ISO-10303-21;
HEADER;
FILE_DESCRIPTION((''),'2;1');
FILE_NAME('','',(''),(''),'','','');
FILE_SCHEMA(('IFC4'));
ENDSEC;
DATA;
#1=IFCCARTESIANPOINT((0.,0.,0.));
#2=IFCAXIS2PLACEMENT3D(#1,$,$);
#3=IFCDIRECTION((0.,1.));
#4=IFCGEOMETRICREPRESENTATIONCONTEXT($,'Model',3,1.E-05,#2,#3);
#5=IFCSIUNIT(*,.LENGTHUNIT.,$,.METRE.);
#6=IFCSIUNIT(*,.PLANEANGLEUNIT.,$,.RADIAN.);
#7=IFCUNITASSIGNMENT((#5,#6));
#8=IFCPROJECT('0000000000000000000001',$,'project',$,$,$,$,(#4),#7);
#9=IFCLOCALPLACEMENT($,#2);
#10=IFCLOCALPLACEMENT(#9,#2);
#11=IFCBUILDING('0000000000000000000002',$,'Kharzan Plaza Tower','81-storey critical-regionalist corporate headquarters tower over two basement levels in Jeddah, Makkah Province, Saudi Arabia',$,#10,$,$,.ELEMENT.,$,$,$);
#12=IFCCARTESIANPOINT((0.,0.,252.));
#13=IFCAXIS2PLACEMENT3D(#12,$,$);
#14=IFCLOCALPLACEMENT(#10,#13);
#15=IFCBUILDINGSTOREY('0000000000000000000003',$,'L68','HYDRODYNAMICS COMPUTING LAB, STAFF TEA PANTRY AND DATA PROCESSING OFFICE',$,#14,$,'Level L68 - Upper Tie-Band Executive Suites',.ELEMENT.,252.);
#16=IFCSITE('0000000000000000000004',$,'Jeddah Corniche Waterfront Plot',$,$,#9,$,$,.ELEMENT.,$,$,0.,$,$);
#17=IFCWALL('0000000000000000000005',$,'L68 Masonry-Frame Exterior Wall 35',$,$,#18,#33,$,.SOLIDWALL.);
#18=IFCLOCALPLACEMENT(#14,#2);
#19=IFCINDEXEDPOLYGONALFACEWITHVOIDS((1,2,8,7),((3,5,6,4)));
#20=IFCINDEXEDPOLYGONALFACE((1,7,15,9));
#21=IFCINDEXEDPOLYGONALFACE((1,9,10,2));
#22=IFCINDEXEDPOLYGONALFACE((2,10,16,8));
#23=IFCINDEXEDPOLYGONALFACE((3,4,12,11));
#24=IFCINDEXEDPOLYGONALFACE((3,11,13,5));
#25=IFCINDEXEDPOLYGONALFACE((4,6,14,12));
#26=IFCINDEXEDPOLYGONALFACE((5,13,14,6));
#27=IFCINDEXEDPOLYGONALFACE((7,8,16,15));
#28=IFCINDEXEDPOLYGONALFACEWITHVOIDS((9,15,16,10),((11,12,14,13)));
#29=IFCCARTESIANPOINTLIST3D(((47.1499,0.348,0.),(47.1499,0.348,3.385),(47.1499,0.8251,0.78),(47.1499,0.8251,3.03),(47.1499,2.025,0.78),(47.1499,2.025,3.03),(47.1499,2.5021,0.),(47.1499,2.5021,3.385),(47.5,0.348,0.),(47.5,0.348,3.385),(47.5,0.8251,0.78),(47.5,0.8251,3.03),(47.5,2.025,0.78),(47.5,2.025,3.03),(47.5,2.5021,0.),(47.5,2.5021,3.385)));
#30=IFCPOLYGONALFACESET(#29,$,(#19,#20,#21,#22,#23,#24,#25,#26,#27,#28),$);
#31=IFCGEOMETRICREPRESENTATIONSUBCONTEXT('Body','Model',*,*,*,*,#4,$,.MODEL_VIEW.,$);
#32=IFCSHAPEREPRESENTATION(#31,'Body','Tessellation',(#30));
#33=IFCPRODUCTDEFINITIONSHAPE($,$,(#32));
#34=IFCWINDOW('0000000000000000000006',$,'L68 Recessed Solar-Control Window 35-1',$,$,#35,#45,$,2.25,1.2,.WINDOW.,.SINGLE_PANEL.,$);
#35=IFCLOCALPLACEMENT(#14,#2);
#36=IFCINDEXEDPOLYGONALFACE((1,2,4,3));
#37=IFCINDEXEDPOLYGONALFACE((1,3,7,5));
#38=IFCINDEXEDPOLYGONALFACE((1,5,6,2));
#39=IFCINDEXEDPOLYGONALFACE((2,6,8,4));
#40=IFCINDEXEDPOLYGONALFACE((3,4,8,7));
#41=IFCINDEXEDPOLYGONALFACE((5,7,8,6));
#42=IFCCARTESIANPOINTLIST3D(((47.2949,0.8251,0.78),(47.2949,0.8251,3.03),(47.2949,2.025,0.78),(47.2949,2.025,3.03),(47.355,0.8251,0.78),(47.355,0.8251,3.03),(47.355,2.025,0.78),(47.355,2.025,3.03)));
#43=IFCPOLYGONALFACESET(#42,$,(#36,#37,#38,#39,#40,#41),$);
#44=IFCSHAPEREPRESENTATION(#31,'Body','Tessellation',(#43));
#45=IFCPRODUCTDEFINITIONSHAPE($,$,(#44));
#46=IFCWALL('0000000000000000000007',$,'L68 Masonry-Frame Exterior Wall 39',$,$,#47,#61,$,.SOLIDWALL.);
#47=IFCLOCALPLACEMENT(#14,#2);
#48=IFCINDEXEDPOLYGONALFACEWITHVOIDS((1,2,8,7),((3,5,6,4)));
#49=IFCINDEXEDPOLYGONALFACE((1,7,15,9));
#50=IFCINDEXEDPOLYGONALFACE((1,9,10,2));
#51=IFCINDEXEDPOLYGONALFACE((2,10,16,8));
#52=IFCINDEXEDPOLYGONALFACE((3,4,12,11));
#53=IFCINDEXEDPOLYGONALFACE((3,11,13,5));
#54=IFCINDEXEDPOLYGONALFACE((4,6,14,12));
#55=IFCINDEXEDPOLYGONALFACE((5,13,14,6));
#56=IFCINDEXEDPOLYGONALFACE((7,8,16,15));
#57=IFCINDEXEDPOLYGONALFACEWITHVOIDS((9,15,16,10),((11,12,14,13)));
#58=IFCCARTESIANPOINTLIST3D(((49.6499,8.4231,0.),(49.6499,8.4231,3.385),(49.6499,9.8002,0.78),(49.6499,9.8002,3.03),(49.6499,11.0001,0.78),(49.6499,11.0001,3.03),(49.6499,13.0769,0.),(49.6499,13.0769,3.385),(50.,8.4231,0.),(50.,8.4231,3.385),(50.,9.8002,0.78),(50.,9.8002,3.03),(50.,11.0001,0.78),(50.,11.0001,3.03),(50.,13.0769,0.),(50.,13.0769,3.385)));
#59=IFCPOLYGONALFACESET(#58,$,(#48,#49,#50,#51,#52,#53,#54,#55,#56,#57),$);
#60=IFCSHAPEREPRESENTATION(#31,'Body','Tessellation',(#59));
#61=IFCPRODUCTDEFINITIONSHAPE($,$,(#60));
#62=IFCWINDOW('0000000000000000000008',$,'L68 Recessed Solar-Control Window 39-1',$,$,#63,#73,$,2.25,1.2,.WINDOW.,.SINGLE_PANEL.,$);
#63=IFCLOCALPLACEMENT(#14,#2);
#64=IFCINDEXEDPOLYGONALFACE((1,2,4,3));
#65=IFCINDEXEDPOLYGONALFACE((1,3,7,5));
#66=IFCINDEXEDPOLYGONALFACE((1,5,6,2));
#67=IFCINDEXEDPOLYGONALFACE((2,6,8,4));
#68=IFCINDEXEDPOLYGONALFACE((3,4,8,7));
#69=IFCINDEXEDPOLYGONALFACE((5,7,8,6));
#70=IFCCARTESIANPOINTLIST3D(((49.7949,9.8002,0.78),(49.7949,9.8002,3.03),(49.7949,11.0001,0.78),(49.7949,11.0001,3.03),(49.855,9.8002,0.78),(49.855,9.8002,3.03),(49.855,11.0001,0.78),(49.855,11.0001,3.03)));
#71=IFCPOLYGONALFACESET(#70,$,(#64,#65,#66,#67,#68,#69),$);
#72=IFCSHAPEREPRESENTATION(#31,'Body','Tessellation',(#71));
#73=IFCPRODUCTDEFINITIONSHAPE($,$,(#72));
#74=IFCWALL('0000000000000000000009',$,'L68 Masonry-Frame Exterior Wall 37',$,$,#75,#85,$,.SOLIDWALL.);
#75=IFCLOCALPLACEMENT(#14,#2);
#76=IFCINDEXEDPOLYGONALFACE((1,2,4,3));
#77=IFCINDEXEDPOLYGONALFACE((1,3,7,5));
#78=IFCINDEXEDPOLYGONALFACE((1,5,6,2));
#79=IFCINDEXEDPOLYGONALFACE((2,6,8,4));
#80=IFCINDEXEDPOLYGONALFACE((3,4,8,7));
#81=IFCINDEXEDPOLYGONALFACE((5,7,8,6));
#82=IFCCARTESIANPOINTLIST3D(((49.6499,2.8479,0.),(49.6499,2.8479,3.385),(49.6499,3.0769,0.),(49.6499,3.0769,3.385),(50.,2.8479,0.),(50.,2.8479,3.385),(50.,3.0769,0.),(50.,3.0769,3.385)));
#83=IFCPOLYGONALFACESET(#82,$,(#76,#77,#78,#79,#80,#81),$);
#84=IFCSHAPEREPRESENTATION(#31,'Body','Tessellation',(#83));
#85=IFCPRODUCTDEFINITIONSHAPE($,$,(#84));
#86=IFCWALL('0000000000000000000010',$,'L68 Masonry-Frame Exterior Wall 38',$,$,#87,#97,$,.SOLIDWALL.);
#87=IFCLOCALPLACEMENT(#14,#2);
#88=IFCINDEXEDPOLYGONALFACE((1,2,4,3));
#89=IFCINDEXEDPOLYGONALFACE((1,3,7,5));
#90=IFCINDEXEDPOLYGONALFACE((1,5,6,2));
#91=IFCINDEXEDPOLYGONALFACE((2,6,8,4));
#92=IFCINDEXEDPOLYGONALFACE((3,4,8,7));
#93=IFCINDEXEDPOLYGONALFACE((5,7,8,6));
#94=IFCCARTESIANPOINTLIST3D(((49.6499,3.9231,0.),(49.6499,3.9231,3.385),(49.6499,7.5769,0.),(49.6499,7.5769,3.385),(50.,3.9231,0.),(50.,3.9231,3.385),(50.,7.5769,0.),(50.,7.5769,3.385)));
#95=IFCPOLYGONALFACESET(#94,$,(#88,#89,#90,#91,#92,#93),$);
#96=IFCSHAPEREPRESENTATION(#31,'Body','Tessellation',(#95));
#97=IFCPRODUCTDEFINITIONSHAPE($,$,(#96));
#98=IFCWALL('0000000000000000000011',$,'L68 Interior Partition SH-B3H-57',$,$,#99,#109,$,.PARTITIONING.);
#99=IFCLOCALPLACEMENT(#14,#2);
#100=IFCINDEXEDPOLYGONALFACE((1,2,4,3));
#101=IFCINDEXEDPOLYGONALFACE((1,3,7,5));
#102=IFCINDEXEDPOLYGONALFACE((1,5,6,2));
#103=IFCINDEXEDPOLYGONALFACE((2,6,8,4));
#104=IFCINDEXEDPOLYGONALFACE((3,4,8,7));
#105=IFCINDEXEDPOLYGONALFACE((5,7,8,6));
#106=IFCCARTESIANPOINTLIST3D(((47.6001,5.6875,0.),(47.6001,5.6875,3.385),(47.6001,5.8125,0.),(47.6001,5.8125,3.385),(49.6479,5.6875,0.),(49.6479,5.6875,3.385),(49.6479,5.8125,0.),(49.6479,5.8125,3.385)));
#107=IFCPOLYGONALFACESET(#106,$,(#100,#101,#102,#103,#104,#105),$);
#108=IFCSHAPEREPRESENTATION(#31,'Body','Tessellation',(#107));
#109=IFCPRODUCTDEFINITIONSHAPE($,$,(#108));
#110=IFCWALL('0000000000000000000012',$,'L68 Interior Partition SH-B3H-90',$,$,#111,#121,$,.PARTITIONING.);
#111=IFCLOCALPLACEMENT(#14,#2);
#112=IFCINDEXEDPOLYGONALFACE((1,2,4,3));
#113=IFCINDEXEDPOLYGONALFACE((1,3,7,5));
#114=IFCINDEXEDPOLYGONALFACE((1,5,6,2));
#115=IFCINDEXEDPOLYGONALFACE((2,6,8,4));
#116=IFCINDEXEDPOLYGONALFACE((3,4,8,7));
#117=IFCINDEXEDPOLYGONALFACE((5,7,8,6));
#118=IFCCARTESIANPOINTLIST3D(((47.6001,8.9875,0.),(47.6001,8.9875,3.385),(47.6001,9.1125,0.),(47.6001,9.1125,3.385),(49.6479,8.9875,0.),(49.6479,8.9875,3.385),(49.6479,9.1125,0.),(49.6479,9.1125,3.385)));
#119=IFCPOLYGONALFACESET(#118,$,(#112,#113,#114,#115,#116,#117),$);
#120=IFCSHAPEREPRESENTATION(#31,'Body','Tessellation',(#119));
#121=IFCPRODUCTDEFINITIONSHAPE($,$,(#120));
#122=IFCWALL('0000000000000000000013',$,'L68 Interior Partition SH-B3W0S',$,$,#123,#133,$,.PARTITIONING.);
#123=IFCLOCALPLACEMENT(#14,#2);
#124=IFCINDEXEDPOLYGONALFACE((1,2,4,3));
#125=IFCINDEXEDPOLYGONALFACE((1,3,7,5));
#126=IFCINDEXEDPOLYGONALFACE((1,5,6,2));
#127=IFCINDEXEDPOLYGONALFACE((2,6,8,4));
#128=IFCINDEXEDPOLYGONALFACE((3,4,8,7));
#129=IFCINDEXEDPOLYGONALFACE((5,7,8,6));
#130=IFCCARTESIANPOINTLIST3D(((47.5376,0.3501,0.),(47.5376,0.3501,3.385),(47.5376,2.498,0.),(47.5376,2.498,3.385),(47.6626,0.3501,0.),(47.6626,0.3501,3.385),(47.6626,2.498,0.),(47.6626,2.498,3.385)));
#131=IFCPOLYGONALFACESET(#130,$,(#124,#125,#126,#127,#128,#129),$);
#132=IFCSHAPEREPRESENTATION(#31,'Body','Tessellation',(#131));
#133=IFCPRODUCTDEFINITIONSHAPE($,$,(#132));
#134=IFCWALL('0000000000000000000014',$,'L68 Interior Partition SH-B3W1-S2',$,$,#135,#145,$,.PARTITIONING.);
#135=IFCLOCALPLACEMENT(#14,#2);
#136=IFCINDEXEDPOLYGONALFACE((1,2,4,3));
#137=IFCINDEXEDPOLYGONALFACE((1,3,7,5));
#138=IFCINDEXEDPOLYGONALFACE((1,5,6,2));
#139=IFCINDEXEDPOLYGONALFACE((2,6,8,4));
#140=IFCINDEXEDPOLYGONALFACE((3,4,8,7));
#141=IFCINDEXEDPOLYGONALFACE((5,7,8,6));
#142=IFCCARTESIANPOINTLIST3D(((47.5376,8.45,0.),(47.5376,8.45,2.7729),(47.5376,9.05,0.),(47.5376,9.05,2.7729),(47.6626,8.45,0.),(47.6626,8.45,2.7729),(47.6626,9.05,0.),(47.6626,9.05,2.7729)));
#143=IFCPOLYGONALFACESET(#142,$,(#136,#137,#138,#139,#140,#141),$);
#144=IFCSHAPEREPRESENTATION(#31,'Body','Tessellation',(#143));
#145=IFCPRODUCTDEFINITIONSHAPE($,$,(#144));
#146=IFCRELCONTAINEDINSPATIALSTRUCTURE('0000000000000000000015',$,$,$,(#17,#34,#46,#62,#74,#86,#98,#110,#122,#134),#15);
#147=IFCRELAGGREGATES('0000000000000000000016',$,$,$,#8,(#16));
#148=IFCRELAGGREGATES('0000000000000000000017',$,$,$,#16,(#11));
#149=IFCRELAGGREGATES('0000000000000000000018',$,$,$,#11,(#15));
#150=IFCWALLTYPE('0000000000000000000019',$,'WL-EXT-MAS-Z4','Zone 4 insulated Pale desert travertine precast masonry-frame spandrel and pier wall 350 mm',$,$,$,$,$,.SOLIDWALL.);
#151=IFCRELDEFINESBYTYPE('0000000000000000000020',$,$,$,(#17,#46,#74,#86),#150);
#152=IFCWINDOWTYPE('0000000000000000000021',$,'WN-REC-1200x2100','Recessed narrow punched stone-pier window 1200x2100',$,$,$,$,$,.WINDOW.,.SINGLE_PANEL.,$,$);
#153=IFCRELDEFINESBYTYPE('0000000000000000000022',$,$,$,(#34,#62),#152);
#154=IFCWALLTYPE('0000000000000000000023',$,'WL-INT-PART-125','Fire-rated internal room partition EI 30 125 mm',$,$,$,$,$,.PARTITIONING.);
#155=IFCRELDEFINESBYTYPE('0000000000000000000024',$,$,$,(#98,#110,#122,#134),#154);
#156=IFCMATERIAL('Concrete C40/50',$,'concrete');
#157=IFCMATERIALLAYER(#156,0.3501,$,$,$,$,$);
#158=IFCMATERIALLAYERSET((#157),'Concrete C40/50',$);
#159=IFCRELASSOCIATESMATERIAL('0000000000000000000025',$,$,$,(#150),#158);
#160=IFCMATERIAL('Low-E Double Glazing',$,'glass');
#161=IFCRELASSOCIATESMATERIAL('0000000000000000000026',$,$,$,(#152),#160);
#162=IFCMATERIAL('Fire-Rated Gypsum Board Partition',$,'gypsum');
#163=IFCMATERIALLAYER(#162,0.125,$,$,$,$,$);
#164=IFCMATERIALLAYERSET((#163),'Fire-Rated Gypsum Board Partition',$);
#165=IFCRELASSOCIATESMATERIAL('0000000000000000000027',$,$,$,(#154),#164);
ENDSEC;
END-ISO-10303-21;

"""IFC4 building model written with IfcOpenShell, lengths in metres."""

from ifc_helpers import new_model, si_unit, direction, frame, frame_2d, origin, place, context, subcontext, project, spatial, rectangle, extrude, source, transform, mapped, material, layer, layer_set, type_object, element, fill, save


model = new_model("IFC4")

# Units and contexts
model_context = context("Model", 3, precision=1e-05, world=origin(), true_north=direction((0.0, 1.0)))
body_context = subcontext(model_context, "Body", "Model", "MODEL_VIEW")
ifc_project = project(units=[si_unit("LENGTHUNIT", "METRE"), si_unit("PLANEANGLEUNIT", "RADIAN")], contexts=[model_context])

# Site, building, storey
site_placement = place(None, origin())
site = spatial("IfcSite", under=ifc_project, at=site_placement, Name="Jeddah Corniche Waterfront Plot", CompositionType="ELEMENT", RefElevation=0.0)
building_placement = place(site_placement, origin())
building = spatial("IfcBuilding", under=site, at=building_placement, Name="Kharzan Plaza Tower", Description="81-storey critical-regionalist corporate headquarters tower over two basement levels in Jeddah, Makkah Province, Saudi Arabia", CompositionType="ELEMENT")
storey_placement = place(building_placement, frame((0.0, 0.0, 252.0)))
storey = spatial("IfcBuildingStorey", under=building, at=storey_placement, Name="L68", Description="HYDRODYNAMICS COMPUTING LAB, STAFF TEA PANTRY AND DATA PROCESSING OFFICE", LongName="Level L68 - Upper Tie-Band Executive Suites", CompositionType="ELEMENT", Elevation=252.0)

# Walls, openings, windows
ifc_material_1 = material(Name="Concrete C40/50", Category="concrete")
ifc_layer_1 = layer(ifc_material_1, 0.3501)
ifc_layer_set_1 = layer_set([ifc_layer_1], Name="Concrete C40/50")
wall_type_1 = type_object("IfcWallType", Name="WL-EXT-MAS-Z4", Description="Zone 4 insulated Pale desert travertine precast masonry-frame spandrel and pier wall 350 mm", PredefinedType="SOLIDWALL", material=ifc_layer_set_1)
wall_1_placement = place(storey_placement, frame((47.325, 0.3479, 0.0), z_axis=(0.0, 0.0, 1.0), x_axis=(0.0, 1.0, 0.0)))
wall_1 = element("IfcWall", 1, at=wall_1_placement, inside=storey, type_object=wall_type_1, Name="L68 Masonry-Frame Exterior Wall 35", PredefinedType="SOLIDWALL", context=body_context, shape_type="SweptSolid", body=[
    extrude(rectangle(XDim=2.1541, YDim=0.3501, at=frame_2d((1.0771, 0.0))), origin(), (0.0, 0.0, 1.0), 3.385),
])
opening_1_placement = place(wall_1_placement, frame((0.4771, 0.0, 0.78)))
opening_1 = element("IfcOpeningElement", 2, at=opening_1_placement, cuts=wall_1, PredefinedType="OPENING", context=body_context, shape_type="SweptSolid", body=[
    extrude(rectangle(XDim=1.2, YDim=2.25, at=frame_2d((0.6001, 1.125))), frame((0.0, 0.1851, 0.0), z_axis=(0.0, -1.0, 0.0), x_axis=(1.0, 0.0, 0.0)), (0.0, 0.0, 1.0), 0.3701),
])
ifc_material_2 = material(Name="Low-E Double Glazing", Category="glass")
window_type = type_object("IfcWindowType", Name="WN-REC-1200x2100", Description="Recessed narrow punched stone-pier window 1200x2100", PartitioningType="SINGLE_PANEL", PredefinedType="WINDOW", material=ifc_material_2)
shared_shape_1 = source(origin(), body_context, "Body", "SweptSolid", [
    extrude(rectangle(XDim=1.2, YDim=2.25, at=frame_2d((0.6001, 1.125))), frame((0.0, 0.03, 0.0), z_axis=(0.0, -1.0, 0.0), x_axis=(1.0, 0.0, 0.0)), (0.0, 0.0, 1.0), 0.0601),
])
window_1_placement = place(opening_1_placement, origin())
window_1 = element("IfcWindow", 3, at=window_1_placement, inside=storey, type_object=window_type, Name="L68 Recessed Solar-Control Window 35-1", OverallHeight=2.25, OverallWidth=1.2, PartitioningType="SINGLE_PANEL", PredefinedType="WINDOW", context=body_context, shape_type="MappedRepresentation", body=[
    mapped(shared_shape_1, transform((0.0, 0.0, 0.0), x_axis=(1.0, 0.0, 0.0), y_axis=(0.0, 1.0, 0.0), z_axis=(0.0, 0.0, 1.0))),
])
fill(opening_1, window_1)
wall_2_placement = place(storey_placement, frame((49.825, 8.4231, 0.0), z_axis=(0.0, 0.0, 1.0), x_axis=(0.0, 1.0, 0.0)))
wall_2 = element("IfcWall", 4, at=wall_2_placement, inside=storey, type_object=wall_type_1, Name="L68 Masonry-Frame Exterior Wall 39", PredefinedType="SOLIDWALL", context=body_context, shape_type="SweptSolid", body=[
    extrude(rectangle(XDim=4.6538, YDim=0.3501, at=frame_2d((2.3269, 0.0))), origin(), (0.0, 0.0, 1.0), 3.385),
])
opening_2_placement = place(wall_2_placement, frame((1.377, 0.0, 0.78)))
opening_2 = element("IfcOpeningElement", 5, at=opening_2_placement, cuts=wall_2, PredefinedType="OPENING", context=body_context, shape_type="SweptSolid", body=[
    extrude(rectangle(XDim=1.2, YDim=2.25, at=frame_2d((0.6001, 1.125))), frame((0.0, 0.1851, 0.0), z_axis=(0.0, -1.0, 0.0), x_axis=(1.0, 0.0, 0.0)), (0.0, 0.0, 1.0), 0.3701),
])
window_2_placement = place(opening_2_placement, origin())
window_2 = element("IfcWindow", 6, at=window_2_placement, inside=storey, type_object=window_type, Name="L68 Recessed Solar-Control Window 39-1", OverallHeight=2.25, OverallWidth=1.2, PartitioningType="SINGLE_PANEL", PredefinedType="WINDOW", context=body_context, shape_type="MappedRepresentation", body=[
    mapped(shared_shape_1, transform((0.0, 0.0, 0.0), x_axis=(1.0, 0.0, 0.0), y_axis=(0.0, 1.0, 0.0), z_axis=(0.0, 0.0, 1.0))),
])
fill(opening_2, window_2)

# Shared definitions
ifc_material_3 = material(Name="Fire-Rated Gypsum Board Partition", Category="gypsum")
ifc_layer_2 = layer(ifc_material_3, 0.125)
ifc_layer_set_2 = layer_set([ifc_layer_2], Name="Fire-Rated Gypsum Board Partition")
wall_type_2 = type_object("IfcWallType", Name="WL-INT-PART-125", Description="Fire-rated internal room partition EI 30 125 mm", PredefinedType="PARTITIONING", material=ifc_layer_set_2)

# Walls
shared_shape_2 = source(origin(), body_context, "Body", "SweptSolid", [
    extrude(rectangle(XDim=0.229, YDim=0.3501, at=frame_2d((0.1145, 0.0))), origin(), (0.0, 0.0, 1.0), 3.385),
])
wall_3_placement = place(storey_placement, frame((49.825, 2.8479, 0.0), z_axis=(0.0, 0.0, 1.0), x_axis=(0.0, 1.0, 0.0)))
element("IfcWall", 7, at=wall_3_placement, inside=storey, type_object=wall_type_1, Name="L68 Masonry-Frame Exterior Wall 37", PredefinedType="SOLIDWALL", context=body_context, shape_type="MappedRepresentation", body=[
    mapped(shared_shape_2, transform((0.0, 0.0, 0.0), x_axis=(1.0, 0.0, 0.0), y_axis=(0.0, 1.0, 0.0), z_axis=(0.0, 0.0, 1.0))),
])
shared_shape_3 = source(origin(), body_context, "Body", "SweptSolid", [
    extrude(rectangle(XDim=3.6538, YDim=0.3501, at=frame_2d((1.8269, 0.0))), origin(), (0.0, 0.0, 1.0), 3.385),
])
wall_4_placement = place(storey_placement, frame((49.825, 3.9231, 0.0), z_axis=(0.0, 0.0, 1.0), x_axis=(0.0, 1.0, 0.0)))
element("IfcWall", 8, at=wall_4_placement, inside=storey, type_object=wall_type_1, Name="L68 Masonry-Frame Exterior Wall 38", PredefinedType="SOLIDWALL", context=body_context, shape_type="MappedRepresentation", body=[
    mapped(shared_shape_3, transform((0.0, 0.0, 0.0), x_axis=(1.0, 0.0, 0.0), y_axis=(0.0, 1.0, 0.0), z_axis=(0.0, 0.0, 1.0))),
])
shared_shape_4 = source(origin(), body_context, "Body", "SweptSolid", [
    extrude(rectangle(XDim=2.0479, YDim=0.125, at=frame_2d((1.0239, 0.0))), origin(), (0.0, 0.0, 1.0), 3.385),
])
for number, where, z_axis, x_axis, name in (
    (9, (47.6001, 5.75, 0.0), (0.0, 0.0, 1.0), (1.0, 0.0, 0.0), "L68 Interior Partition SH-B3H-57"),
    (10, (47.6001, 9.05, 0.0), (0.0, 0.0, 1.0), (1.0, 0.0, 0.0), "L68 Interior Partition SH-B3H-90"),
):
    element("IfcWall", number, at=place(storey_placement, frame(where, z_axis=z_axis, x_axis=x_axis)), inside=storey, type_object=wall_type_2, Name=name, PredefinedType="PARTITIONING", context=body_context, shape_type="MappedRepresentation", body=[
        mapped(shared_shape_4, transform((0.0, 0.0, 0.0), x_axis=(1.0, 0.0, 0.0), y_axis=(0.0, 1.0, 0.0), z_axis=(0.0, 0.0, 1.0))),
    ])
shared_shape_5 = source(origin(), body_context, "Body", "SweptSolid", [
    extrude(rectangle(XDim=2.1479, YDim=0.125, at=frame_2d((1.074, 0.0))), origin(), (0.0, 0.0, 1.0), 3.385),
])
wall_5_placement = place(storey_placement, frame((47.6001, 0.3501, 0.0), z_axis=(0.0, 0.0, 1.0), x_axis=(0.0, 1.0, 0.0)))
element("IfcWall", 11, at=wall_5_placement, inside=storey, type_object=wall_type_2, Name="L68 Interior Partition SH-B3W0S", PredefinedType="PARTITIONING", context=body_context, shape_type="MappedRepresentation", body=[
    mapped(shared_shape_5, transform((0.0, 0.0, 0.0), x_axis=(1.0, 0.0, 0.0), y_axis=(0.0, 1.0, 0.0), z_axis=(0.0, 0.0, 1.0))),
])
shared_shape_6 = source(origin(), body_context, "Body", "SweptSolid", [
    extrude(rectangle(XDim=0.6001, YDim=0.125, at=frame_2d((0.3, 0.0))), origin(), (0.0, 0.0, 1.0), 2.7729),
])
wall_6_placement = place(storey_placement, frame((47.6001, 8.45, 0.0), z_axis=(0.0, 0.0, 1.0), x_axis=(0.0, 1.0, 0.0)))
element("IfcWall", 12, at=wall_6_placement, inside=storey, type_object=wall_type_2, Name="L68 Interior Partition SH-B3W1-S2", PredefinedType="PARTITIONING", context=body_context, shape_type="MappedRepresentation", body=[
    mapped(shared_shape_6, transform((0.0, 0.0, 0.0), x_axis=(1.0, 0.0, 0.0), y_axis=(0.0, 1.0, 0.0), z_axis=(0.0, 0.0, 1.0))),
])

save(model, "model.ifc")
